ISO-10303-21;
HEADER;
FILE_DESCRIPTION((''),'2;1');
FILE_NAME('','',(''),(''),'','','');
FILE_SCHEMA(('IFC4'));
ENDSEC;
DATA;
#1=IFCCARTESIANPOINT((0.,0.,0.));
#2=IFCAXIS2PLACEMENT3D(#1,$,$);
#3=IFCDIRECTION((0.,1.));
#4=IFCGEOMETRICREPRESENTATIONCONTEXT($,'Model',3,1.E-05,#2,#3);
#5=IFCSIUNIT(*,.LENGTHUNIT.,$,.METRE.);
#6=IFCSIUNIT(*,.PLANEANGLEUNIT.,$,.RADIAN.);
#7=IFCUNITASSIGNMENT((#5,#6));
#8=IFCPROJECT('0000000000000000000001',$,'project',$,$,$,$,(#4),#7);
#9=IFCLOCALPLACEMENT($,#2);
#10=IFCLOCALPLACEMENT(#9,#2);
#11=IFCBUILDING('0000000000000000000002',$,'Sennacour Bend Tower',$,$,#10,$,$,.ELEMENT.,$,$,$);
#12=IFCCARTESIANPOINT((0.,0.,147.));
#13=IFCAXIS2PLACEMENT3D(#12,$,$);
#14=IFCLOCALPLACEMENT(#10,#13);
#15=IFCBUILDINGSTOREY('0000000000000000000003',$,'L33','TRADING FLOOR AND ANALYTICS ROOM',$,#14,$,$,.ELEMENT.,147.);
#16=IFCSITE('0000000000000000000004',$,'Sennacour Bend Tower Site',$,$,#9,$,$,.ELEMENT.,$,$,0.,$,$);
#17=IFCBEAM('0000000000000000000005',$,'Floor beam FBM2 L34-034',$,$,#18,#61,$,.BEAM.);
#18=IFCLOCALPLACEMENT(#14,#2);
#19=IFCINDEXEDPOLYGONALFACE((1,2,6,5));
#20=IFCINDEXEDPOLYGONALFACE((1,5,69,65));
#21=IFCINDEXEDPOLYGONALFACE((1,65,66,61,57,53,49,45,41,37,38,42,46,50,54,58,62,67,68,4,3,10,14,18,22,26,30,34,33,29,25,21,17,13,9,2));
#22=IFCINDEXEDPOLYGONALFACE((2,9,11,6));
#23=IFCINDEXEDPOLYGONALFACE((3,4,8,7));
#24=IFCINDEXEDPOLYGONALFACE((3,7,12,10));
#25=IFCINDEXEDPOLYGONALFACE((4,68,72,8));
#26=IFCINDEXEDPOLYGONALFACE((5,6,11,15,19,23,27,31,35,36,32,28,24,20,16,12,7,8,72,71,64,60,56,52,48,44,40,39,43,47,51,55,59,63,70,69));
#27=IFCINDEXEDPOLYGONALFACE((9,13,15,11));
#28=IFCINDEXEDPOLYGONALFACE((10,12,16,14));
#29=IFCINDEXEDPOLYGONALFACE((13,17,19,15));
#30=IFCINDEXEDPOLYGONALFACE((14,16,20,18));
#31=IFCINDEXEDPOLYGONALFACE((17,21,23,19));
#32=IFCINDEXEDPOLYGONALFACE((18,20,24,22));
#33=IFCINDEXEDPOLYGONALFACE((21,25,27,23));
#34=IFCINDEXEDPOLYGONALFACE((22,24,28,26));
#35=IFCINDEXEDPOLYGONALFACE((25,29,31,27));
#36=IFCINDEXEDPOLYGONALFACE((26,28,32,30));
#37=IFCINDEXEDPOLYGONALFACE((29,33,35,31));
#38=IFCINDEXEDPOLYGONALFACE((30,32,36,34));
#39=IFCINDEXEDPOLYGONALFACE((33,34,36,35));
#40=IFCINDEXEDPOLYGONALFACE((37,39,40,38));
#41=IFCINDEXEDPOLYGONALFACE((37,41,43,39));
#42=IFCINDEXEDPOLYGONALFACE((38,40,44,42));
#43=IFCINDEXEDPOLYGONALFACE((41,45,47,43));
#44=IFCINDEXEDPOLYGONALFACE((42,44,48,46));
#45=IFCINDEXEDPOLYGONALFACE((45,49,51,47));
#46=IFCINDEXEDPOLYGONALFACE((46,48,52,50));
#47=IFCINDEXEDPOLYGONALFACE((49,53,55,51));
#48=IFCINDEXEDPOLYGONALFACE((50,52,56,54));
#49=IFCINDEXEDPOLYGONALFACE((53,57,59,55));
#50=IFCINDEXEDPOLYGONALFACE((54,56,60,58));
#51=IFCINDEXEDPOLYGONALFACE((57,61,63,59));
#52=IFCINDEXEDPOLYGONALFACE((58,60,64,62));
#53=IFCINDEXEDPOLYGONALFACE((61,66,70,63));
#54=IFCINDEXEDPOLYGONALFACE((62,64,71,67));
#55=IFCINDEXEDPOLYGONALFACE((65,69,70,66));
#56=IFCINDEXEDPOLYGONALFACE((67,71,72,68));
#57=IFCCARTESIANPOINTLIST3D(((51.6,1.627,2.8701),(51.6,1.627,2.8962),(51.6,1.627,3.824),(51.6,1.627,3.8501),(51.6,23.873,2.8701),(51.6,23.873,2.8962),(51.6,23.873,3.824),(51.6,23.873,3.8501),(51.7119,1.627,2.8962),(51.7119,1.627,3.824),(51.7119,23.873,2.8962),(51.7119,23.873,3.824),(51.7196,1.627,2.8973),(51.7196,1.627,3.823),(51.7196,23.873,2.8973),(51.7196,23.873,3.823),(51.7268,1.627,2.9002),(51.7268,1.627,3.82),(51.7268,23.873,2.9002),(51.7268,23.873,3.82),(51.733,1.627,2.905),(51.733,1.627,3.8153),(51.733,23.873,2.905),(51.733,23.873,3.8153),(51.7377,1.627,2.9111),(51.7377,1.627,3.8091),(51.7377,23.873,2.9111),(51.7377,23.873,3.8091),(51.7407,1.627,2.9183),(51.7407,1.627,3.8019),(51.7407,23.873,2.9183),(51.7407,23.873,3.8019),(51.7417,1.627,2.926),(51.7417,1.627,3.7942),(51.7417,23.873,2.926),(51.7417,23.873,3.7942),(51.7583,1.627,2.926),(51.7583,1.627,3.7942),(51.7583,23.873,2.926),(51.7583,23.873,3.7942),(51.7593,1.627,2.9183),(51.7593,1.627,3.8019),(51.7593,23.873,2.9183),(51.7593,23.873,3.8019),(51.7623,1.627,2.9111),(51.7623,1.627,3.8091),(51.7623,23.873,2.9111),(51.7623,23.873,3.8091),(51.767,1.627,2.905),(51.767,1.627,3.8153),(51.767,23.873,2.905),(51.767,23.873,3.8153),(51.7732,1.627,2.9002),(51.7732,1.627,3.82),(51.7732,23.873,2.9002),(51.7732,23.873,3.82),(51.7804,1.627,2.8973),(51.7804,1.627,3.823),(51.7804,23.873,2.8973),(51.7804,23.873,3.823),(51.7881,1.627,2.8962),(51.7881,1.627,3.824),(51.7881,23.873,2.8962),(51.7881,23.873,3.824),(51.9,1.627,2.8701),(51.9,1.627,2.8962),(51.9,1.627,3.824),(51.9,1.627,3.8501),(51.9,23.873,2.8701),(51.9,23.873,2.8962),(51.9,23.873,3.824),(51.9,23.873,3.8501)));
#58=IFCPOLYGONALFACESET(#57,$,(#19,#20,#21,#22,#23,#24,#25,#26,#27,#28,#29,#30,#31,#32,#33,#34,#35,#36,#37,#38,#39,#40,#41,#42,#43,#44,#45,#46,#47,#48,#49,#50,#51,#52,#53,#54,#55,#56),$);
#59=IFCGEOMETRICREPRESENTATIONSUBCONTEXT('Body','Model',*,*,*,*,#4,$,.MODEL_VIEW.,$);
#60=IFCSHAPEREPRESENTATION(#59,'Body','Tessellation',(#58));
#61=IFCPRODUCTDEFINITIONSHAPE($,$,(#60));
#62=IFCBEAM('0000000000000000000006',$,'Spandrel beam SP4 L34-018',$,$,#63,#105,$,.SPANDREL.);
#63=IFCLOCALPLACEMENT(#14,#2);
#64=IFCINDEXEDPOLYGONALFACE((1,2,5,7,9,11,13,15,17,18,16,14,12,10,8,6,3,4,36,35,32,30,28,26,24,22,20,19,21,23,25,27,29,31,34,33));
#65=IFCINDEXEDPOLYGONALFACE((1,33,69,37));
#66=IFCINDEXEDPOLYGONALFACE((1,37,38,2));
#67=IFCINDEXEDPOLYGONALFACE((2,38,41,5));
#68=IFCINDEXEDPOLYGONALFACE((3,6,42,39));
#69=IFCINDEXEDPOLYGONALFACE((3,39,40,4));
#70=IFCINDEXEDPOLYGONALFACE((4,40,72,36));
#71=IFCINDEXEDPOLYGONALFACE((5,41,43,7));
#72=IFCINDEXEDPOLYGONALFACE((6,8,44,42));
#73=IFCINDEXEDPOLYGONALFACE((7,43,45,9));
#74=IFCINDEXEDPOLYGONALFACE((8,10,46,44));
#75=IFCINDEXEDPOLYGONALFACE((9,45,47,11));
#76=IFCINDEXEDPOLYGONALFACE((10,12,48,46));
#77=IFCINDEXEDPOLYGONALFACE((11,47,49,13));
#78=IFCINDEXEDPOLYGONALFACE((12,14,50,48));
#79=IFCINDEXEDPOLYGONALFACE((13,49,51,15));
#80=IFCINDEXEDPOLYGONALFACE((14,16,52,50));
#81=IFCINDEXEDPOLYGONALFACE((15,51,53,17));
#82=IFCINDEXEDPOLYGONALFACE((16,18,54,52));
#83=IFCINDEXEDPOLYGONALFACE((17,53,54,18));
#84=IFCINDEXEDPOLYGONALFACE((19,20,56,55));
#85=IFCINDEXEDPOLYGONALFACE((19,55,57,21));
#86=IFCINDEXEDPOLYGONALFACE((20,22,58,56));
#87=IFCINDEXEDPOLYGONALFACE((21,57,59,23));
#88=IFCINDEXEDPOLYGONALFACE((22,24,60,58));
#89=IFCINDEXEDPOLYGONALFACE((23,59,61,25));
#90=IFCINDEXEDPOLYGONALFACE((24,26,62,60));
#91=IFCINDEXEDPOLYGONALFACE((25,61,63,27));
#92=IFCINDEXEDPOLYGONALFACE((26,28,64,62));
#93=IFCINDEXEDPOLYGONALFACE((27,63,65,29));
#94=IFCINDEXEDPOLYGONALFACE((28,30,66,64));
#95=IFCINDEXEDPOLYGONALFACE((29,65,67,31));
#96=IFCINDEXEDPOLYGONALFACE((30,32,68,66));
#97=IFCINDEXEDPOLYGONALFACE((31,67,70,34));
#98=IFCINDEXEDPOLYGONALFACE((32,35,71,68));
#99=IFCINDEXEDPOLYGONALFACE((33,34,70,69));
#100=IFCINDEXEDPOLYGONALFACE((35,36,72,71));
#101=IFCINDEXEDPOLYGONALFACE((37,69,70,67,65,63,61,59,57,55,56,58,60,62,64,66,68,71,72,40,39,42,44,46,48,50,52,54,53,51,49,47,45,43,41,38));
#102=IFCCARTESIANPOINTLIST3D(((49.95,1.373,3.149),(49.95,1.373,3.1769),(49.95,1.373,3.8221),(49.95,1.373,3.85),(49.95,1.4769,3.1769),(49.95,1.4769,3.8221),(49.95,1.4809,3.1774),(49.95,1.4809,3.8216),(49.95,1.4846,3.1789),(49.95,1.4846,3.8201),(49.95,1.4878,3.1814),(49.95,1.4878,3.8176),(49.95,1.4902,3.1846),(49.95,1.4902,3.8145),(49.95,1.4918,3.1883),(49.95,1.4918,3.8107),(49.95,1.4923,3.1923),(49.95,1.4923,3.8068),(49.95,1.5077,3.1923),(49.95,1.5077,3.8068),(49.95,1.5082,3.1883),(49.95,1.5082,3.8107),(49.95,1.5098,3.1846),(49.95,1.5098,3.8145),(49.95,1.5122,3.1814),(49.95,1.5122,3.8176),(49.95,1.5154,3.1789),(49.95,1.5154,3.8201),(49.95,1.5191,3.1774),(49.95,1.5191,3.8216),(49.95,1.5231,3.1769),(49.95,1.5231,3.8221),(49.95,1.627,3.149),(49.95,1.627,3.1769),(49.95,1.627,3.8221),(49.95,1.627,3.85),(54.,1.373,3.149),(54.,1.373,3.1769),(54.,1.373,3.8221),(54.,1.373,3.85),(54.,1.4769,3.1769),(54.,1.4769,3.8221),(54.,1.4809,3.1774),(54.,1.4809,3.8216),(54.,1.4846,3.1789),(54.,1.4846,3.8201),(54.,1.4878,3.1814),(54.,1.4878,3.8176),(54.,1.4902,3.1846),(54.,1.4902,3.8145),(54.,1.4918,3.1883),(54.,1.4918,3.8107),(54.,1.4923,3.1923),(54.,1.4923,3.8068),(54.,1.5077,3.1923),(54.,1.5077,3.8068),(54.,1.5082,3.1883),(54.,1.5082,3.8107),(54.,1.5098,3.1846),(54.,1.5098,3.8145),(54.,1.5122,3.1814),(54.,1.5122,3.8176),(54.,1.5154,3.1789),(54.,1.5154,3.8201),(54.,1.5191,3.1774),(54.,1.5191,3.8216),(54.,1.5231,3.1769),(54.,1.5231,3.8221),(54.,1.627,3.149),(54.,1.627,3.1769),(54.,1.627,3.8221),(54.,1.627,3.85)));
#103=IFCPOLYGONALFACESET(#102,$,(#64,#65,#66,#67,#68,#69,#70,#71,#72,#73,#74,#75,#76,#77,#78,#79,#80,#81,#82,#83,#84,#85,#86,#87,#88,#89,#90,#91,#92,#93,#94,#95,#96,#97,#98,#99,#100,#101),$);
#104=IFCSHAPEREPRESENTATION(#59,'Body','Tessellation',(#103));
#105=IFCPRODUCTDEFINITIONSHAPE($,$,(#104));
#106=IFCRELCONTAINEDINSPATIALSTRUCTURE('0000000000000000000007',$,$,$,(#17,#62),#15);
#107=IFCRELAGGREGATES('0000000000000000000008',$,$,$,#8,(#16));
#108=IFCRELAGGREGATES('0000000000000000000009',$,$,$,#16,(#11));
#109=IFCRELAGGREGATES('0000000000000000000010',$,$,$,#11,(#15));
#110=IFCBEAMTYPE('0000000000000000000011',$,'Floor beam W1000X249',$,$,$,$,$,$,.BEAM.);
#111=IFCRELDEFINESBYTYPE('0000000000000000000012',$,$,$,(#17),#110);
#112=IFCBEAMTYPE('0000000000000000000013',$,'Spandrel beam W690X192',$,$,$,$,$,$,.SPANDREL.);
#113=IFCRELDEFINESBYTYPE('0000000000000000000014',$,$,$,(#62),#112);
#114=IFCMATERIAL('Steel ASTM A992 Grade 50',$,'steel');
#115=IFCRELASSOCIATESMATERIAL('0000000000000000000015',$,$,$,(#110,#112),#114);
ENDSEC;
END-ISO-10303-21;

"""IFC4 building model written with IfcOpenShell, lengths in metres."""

from ifc_helpers import new_model, si_unit, direction, frame, origin, origin_2d, place, context, subcontext, project, spatial, i_section, extrude, material, material_profile, profile_set, type_object, element, save


model = new_model("IFC4")

# Units and contexts
model_context = context("Model", 3, precision=1e-05, world=origin(), true_north=direction((0.0, 1.0)))
body_context = subcontext(model_context, "Body", "Model", "MODEL_VIEW")
ifc_project = project(units=[si_unit("LENGTHUNIT", "METRE"), si_unit("PLANEANGLEUNIT", "RADIAN")], contexts=[model_context])

# Site, building, storey
site_placement = place(None, origin())
site = spatial("IfcSite", under=ifc_project, at=site_placement, Name="Sennacour Bend Tower Site", CompositionType="ELEMENT", RefElevation=0.0)
building_placement = place(site_placement, origin())
building = spatial("IfcBuilding", under=site, at=building_placement, Name="Sennacour Bend Tower", CompositionType="ELEMENT")
storey_placement = place(building_placement, frame((0.0, 0.0, 147.0)))
storey = spatial("IfcBuildingStorey", under=building, at=storey_placement, Name="L33", Description="TRADING FLOOR AND ANALYTICS ROOM", CompositionType="ELEMENT", Elevation=147.0)

# Beams
ifc_material_1 = material(Name="Steel ASTM A992 Grade 50", Category="steel")
ifc_material_profile_1 = material_profile(ifc_material_1, i_section(OverallWidth=0.3, OverallDepth=0.98, WebThickness=0.0166, FlangeThickness=0.0261, FilletRadius=0.0298, at=origin_2d()), Name="Steel ASTM A992 Grade 50", Category="steel")
ifc_profile_set_1 = profile_set([ifc_material_profile_1], Name="Steel ASTM A992 Grade 50")
beam_type_1 = type_object("IfcBeamType", Name="Floor beam W1000X249", PredefinedType="BEAM", material=ifc_profile_set_1)
beam_1_placement = place(storey_placement, frame((51.75, 1.627, 3.3601), z_axis=(0.0, 1.0, 0.0), x_axis=(-1.0, 0.0, 0.0)))
element("IfcBeam", 1, at=beam_1_placement, inside=storey, type_object=beam_type_1, Name="Floor beam FBM2 L34-034", PredefinedType="BEAM", context=body_context, shape_type="SweptSolid", body=[
    extrude(i_section(OverallWidth=0.3, OverallDepth=0.98, WebThickness=0.0166, FlangeThickness=0.0261, FilletRadius=0.0298, at=origin_2d()), origin(), (0.0, 0.0, 1.0), 22.2461),
])
ifc_material_profile_2 = material_profile(ifc_material_1, i_section(OverallWidth=0.2539, OverallDepth=0.7009, WebThickness=0.0154, FlangeThickness=0.0278, FilletRadius=0.0154, at=origin_2d()), Name="Steel ASTM A992 Grade 50", Category="steel")
ifc_profile_set_2 = profile_set([ifc_material_profile_2], Name="Steel ASTM A992 Grade 50")
beam_type_2 = type_object("IfcBeamType", Name="Spandrel beam W690X192", PredefinedType="SPANDREL", material=ifc_profile_set_2)
beam_2_placement = place(storey_placement, frame((54.0, 1.5, 3.4995), z_axis=(-1.0, 0.0, 0.0), x_axis=(0.0, -1.0, 0.0)))
element("IfcBeam", 2, at=beam_2_placement, inside=storey, type_object=beam_type_2, Name="Spandrel beam SP4 L34-018", PredefinedType="SPANDREL", context=body_context, shape_type="SweptSolid", body=[
    extrude(i_section(OverallWidth=0.2539, OverallDepth=0.7009, WebThickness=0.0154, FlangeThickness=0.0278, FilletRadius=0.0154, at=origin_2d()), origin(), (0.0, 0.0, 1.0), 4.05),
])

save(model, "model.ifc")
